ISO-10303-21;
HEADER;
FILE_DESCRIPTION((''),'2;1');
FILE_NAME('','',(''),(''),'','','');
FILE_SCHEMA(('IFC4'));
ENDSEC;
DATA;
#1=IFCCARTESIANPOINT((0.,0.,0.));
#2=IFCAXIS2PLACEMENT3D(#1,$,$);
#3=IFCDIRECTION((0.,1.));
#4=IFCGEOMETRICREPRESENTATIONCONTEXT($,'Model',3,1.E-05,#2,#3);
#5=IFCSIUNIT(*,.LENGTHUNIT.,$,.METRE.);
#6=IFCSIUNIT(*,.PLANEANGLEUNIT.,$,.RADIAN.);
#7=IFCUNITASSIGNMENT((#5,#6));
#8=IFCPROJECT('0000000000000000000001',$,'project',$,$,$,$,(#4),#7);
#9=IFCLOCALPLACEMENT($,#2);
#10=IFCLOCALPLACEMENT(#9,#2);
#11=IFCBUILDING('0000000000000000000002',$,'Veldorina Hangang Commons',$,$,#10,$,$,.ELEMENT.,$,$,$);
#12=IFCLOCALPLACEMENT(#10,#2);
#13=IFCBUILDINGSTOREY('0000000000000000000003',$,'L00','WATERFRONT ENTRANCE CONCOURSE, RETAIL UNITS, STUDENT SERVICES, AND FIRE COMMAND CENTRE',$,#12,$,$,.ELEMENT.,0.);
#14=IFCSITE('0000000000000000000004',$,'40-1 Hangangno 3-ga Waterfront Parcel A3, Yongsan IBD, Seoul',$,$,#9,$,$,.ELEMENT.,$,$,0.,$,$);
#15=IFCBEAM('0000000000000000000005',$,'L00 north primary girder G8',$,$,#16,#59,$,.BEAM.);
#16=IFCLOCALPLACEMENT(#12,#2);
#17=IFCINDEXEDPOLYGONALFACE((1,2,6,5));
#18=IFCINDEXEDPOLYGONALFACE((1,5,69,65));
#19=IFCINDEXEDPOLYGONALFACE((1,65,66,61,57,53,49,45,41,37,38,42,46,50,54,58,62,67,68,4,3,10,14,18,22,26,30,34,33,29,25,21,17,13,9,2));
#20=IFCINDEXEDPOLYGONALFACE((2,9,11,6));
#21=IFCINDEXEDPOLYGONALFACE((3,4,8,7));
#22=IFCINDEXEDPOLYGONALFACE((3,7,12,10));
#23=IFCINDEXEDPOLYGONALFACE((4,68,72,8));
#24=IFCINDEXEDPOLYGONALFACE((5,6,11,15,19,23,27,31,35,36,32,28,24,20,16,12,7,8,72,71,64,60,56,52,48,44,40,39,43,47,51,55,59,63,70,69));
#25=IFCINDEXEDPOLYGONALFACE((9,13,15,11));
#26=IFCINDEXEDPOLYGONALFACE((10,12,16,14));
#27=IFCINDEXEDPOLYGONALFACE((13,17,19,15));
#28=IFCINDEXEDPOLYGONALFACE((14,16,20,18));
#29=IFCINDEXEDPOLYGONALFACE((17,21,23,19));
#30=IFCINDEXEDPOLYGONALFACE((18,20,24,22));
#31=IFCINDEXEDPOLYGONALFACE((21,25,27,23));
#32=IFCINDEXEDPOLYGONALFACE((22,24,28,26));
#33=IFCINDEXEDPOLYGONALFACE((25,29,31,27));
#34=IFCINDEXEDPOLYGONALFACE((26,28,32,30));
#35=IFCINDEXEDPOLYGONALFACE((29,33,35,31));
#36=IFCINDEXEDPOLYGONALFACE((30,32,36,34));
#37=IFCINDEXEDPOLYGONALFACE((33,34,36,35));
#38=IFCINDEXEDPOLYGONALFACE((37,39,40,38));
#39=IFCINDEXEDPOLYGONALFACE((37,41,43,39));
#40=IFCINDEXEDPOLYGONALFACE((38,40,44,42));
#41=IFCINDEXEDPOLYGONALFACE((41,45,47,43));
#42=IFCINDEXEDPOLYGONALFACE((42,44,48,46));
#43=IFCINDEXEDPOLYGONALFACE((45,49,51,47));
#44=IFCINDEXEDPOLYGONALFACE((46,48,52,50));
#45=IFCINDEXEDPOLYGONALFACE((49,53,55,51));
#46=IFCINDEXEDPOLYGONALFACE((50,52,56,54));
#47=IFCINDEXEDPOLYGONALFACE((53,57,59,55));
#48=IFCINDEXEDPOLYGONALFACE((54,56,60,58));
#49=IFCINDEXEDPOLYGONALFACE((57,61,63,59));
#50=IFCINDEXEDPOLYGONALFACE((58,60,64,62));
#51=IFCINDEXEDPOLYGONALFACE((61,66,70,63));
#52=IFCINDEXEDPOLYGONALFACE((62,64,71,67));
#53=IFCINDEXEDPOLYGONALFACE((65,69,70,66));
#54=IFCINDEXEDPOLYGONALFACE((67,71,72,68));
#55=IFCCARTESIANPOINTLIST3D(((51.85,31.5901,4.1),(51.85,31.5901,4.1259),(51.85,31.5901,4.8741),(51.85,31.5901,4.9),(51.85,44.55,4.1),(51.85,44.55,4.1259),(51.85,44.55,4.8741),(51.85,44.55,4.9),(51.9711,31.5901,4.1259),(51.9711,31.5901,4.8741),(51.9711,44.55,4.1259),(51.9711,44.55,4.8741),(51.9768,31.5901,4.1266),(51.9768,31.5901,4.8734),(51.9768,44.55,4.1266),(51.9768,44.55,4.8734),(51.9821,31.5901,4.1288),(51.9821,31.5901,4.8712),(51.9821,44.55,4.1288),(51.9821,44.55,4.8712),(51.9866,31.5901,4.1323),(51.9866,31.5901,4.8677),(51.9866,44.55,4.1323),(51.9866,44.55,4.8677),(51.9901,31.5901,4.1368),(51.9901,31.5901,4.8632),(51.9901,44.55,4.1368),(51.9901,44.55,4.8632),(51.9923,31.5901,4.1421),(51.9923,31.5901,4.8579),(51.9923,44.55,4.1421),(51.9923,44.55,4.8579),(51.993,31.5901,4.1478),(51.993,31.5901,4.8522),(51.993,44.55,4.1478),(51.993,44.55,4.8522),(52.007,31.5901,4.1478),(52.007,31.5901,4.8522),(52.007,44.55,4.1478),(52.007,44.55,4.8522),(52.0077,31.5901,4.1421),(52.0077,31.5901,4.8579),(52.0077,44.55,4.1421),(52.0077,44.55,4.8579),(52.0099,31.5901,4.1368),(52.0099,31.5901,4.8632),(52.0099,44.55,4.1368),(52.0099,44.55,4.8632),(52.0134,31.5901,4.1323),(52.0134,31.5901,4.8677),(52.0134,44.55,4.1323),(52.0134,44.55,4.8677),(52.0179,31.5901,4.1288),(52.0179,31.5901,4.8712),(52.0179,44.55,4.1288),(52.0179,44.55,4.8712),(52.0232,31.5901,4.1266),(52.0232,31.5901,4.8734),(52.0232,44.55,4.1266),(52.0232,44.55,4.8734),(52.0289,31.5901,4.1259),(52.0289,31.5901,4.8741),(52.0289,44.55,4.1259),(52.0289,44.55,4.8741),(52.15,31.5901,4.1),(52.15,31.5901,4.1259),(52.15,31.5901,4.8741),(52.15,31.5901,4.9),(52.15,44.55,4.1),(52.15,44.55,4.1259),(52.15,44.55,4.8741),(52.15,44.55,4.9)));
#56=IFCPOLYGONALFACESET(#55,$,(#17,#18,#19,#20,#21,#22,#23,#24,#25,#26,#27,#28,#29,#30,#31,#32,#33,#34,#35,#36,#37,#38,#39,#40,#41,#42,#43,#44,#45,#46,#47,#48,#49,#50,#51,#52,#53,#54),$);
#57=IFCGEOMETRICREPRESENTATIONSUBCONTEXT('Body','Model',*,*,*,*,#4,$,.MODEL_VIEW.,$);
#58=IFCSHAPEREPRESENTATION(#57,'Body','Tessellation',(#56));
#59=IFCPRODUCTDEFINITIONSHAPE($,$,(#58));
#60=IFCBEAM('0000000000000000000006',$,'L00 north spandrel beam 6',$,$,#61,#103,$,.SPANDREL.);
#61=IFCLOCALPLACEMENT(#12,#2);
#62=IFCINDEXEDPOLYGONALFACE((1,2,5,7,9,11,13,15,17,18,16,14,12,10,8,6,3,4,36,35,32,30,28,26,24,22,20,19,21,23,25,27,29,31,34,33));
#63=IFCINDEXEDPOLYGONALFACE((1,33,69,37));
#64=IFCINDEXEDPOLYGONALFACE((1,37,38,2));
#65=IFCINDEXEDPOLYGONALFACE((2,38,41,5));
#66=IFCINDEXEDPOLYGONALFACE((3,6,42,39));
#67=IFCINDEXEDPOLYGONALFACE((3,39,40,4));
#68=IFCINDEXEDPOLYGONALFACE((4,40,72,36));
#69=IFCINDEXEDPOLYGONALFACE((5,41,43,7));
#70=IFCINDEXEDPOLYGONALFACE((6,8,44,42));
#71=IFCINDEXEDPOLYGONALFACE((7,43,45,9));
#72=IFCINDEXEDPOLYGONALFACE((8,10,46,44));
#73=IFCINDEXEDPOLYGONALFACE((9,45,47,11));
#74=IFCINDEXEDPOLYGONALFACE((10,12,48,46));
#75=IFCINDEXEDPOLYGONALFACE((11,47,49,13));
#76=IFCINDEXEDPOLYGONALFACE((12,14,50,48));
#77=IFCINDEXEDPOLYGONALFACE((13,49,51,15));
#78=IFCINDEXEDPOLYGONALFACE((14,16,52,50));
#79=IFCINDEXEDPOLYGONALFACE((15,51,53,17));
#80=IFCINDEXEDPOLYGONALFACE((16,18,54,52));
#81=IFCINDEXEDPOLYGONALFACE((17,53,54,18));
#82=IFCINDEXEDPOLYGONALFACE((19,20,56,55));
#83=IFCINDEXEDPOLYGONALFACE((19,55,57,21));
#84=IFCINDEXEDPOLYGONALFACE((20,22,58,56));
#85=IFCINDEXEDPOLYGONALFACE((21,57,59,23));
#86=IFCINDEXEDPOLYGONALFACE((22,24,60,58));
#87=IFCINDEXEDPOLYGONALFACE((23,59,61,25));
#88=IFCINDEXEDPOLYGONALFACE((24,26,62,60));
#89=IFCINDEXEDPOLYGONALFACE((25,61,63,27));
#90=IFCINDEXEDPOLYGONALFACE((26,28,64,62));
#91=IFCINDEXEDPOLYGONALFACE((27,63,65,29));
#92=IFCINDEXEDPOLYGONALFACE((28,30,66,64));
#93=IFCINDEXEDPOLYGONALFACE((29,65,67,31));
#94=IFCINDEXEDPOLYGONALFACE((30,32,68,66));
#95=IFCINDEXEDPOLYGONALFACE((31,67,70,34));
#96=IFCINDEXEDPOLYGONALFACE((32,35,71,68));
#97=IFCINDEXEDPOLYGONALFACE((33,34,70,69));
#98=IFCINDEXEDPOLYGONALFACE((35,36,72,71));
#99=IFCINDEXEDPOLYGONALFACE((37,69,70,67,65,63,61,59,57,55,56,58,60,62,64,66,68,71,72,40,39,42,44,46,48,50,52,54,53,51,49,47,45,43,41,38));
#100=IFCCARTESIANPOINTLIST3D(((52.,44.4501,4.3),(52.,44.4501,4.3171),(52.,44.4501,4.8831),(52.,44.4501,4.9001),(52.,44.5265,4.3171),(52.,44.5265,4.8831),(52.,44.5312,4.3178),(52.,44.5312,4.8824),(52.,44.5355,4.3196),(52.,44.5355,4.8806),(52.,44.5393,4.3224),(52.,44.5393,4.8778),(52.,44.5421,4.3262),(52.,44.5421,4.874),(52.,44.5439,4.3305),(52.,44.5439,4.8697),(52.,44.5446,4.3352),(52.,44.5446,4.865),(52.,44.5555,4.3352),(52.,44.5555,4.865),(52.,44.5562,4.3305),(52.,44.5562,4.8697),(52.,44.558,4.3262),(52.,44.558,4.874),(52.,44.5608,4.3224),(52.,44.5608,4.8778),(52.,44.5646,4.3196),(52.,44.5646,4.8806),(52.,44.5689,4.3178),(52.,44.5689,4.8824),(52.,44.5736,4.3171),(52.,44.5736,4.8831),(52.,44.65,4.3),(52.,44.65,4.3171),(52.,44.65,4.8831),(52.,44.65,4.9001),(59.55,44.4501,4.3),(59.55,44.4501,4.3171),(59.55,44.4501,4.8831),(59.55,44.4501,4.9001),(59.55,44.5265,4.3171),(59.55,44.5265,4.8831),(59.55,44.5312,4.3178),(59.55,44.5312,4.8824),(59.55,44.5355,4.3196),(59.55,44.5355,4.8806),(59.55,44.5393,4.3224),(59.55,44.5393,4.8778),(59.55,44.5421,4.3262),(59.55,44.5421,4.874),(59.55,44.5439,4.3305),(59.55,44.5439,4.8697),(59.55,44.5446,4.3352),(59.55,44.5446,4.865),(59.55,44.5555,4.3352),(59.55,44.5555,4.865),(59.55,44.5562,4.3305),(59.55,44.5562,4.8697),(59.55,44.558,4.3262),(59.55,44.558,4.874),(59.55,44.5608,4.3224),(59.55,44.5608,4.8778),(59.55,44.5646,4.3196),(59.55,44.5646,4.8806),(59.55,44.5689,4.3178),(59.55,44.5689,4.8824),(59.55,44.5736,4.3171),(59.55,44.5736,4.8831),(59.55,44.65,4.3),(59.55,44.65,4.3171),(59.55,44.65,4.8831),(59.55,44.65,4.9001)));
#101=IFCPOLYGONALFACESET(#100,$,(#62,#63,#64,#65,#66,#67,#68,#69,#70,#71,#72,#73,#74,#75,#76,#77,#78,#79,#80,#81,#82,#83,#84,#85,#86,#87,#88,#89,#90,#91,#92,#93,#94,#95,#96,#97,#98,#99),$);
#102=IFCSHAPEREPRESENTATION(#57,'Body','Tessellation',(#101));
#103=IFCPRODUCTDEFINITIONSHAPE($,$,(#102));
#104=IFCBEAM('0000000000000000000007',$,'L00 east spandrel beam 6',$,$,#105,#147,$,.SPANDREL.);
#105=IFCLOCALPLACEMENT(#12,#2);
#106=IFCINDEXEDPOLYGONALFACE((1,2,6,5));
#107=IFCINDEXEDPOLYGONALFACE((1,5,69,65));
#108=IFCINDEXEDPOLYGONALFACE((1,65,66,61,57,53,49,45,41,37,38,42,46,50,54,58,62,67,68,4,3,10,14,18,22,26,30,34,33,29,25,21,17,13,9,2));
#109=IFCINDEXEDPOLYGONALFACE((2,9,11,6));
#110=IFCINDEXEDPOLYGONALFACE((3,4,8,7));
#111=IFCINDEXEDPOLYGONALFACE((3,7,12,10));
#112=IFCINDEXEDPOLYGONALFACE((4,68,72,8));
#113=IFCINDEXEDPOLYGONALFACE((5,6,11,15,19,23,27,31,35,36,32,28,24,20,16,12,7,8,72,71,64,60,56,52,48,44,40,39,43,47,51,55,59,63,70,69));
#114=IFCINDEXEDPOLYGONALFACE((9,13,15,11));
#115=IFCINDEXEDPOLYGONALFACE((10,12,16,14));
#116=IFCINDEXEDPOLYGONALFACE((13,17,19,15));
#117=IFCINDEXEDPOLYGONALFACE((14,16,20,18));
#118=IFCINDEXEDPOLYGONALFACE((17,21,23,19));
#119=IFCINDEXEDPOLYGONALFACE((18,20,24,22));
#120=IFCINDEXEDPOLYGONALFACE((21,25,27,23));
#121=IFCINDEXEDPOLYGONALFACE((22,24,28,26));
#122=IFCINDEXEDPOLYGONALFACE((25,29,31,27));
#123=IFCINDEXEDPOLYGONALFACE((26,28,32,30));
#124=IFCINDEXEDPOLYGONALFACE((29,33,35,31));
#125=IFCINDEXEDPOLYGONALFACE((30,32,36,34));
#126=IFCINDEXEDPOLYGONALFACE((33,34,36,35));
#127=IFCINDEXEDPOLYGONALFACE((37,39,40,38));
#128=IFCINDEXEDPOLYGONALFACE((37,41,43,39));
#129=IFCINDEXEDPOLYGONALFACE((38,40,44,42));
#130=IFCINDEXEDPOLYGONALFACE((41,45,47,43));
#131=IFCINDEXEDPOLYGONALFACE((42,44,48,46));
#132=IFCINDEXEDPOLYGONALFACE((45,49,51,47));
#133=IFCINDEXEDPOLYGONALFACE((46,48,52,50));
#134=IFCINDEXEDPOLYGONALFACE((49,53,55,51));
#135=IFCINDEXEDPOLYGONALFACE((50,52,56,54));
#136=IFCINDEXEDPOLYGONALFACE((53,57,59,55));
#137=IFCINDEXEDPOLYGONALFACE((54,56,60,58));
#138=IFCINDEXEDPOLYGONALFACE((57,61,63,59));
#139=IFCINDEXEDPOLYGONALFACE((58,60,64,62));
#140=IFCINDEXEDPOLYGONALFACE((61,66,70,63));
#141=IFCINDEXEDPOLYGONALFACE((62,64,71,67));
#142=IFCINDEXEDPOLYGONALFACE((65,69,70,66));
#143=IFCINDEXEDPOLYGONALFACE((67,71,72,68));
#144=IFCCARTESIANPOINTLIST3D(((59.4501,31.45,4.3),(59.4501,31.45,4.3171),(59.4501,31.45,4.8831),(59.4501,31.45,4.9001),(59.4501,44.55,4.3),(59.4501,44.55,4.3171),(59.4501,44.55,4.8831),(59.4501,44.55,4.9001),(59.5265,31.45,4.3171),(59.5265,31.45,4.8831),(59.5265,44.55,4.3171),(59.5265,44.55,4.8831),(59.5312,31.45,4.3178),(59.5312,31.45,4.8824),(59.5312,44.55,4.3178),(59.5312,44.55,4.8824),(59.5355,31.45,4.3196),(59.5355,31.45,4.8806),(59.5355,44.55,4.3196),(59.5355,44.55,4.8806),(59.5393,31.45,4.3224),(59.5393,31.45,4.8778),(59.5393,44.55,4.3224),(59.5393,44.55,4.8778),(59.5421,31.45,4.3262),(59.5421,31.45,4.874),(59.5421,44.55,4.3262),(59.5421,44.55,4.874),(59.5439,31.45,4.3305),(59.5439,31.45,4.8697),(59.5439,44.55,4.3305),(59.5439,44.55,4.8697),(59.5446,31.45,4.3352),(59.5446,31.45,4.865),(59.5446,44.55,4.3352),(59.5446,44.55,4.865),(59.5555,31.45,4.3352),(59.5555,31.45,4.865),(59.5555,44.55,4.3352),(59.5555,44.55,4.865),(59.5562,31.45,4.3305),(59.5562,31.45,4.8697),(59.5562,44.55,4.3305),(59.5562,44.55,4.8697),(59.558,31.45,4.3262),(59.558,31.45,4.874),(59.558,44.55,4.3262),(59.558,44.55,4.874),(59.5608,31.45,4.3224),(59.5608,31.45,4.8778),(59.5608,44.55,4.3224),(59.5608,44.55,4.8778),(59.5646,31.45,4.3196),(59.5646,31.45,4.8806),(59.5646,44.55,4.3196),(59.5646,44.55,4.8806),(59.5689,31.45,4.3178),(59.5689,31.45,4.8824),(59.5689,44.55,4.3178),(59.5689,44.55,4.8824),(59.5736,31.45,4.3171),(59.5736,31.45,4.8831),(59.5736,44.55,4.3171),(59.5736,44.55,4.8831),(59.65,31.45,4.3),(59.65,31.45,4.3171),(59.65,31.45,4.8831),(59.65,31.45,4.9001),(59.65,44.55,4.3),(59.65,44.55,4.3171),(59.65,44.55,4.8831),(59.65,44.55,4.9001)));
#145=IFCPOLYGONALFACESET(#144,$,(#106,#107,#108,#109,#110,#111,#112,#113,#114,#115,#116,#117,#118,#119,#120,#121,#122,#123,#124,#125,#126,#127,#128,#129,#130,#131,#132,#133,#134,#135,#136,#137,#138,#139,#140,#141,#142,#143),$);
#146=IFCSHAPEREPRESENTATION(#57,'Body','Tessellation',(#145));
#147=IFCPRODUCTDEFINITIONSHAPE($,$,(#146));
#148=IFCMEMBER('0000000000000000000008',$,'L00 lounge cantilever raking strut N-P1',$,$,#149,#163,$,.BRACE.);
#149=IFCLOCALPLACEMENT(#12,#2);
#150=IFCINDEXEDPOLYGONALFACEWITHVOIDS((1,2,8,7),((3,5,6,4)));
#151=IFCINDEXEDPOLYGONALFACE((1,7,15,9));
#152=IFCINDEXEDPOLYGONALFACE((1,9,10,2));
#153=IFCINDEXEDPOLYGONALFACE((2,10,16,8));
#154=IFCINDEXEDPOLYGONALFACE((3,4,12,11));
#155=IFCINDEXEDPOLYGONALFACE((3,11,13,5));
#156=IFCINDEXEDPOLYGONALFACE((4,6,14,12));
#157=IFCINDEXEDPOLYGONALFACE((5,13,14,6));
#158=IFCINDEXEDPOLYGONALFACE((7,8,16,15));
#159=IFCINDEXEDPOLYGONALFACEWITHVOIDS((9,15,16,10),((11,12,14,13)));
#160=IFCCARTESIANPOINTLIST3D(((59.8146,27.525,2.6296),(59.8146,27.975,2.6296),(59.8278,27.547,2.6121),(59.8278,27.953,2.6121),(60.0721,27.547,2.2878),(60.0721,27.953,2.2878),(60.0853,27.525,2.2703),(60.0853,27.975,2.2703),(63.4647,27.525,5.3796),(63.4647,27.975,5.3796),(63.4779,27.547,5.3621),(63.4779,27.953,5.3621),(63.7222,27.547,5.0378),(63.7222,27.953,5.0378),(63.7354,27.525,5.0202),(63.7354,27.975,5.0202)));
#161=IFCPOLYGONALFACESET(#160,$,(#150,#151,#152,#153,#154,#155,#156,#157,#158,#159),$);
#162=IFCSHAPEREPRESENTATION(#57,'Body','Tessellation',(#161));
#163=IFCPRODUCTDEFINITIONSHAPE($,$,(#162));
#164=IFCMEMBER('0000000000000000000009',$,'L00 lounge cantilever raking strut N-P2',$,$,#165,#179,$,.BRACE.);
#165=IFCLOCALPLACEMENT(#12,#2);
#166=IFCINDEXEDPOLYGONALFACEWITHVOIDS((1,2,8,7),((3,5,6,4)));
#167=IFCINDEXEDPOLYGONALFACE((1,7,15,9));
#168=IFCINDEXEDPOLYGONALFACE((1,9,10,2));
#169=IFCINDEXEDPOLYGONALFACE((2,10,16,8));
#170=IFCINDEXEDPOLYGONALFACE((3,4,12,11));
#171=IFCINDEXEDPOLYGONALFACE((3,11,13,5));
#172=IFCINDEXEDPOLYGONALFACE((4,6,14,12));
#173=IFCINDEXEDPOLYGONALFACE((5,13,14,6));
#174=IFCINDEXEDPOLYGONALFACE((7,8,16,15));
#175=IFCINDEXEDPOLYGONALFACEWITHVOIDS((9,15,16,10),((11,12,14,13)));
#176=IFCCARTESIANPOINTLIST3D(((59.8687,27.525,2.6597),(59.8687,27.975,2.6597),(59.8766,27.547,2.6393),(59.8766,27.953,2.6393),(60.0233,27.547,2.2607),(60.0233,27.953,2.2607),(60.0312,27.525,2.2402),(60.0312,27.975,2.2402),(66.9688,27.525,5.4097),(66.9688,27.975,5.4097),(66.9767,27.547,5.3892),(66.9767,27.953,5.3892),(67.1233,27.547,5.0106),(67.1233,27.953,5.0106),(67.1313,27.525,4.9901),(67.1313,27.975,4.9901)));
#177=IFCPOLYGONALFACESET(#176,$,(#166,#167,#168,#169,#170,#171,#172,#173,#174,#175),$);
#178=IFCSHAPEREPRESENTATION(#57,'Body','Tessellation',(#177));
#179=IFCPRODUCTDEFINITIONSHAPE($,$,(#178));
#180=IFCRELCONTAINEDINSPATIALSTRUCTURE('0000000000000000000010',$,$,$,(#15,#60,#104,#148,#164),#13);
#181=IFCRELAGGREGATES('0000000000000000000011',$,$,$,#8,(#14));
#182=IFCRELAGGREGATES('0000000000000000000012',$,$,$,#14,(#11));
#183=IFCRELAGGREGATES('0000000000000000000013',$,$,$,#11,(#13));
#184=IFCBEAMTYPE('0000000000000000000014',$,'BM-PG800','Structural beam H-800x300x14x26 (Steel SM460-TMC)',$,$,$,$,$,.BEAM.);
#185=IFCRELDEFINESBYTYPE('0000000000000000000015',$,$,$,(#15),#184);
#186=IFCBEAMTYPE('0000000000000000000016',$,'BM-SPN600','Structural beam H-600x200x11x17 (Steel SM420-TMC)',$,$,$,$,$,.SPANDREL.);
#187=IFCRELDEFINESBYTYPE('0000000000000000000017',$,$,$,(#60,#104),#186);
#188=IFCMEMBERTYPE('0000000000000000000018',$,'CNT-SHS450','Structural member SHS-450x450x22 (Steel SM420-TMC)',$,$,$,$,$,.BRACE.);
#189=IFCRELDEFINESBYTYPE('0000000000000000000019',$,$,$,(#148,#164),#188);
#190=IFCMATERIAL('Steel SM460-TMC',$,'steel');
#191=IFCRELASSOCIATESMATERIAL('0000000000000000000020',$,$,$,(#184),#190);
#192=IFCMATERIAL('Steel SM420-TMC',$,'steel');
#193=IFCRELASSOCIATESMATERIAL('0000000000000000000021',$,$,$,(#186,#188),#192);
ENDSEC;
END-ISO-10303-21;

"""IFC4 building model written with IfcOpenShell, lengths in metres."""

from ifc_helpers import new_model, si_unit, direction, frame, origin, origin_2d, place, context, subcontext, project, spatial, hollow_rectangle, i_section, extrude, material, material_profile, profile_set, type_object, element, save


model = new_model("IFC4")

# Units and contexts
model_context = context("Model", 3, precision=1e-05, world=origin(), true_north=direction((0.0, 1.0)))
body_context = subcontext(model_context, "Body", "Model", "MODEL_VIEW")
ifc_project = project(units=[si_unit("LENGTHUNIT", "METRE"), si_unit("PLANEANGLEUNIT", "RADIAN")], contexts=[model_context])

# Site, building, storey
site_placement = place(None, origin())
site = spatial("IfcSite", under=ifc_project, at=site_placement, Name="40-1 Hangangno 3-ga Waterfront Parcel A3, Yongsan IBD, Seoul", CompositionType="ELEMENT", RefElevation=0.0)
building_placement = place(site_placement, origin())
building = spatial("IfcBuilding", under=site, at=building_placement, Name="Veldorina Hangang Commons", CompositionType="ELEMENT")
storey_placement = place(building_placement, origin())
storey = spatial("IfcBuildingStorey", under=building, at=storey_placement, Name="L00", Description="WATERFRONT ENTRANCE CONCOURSE, RETAIL UNITS, STUDENT SERVICES, AND FIRE COMMAND CENTRE", CompositionType="ELEMENT", Elevation=0.0)

# Shared definitions
ifc_material_1 = material(Name="Steel SM460-TMC", Category="steel")

# Beams
ifc_material_2 = material(Name="Steel SM420-TMC", Category="steel")
ifc_material_profile_1 = material_profile(ifc_material_1, i_section(OverallWidth=0.3, OverallDepth=0.8, WebThickness=0.0139, FlangeThickness=0.0259, FilletRadius=0.022, at=origin_2d()), Name="H-800x300x14x26")
ifc_profile_set_1 = profile_set([ifc_material_profile_1], Name="Steel SM460-TMC")
beam_type_1 = type_object("IfcBeamType", Name="BM-PG800", Description="Structural beam H-800x300x14x26 (Steel SM460-TMC)", PredefinedType="BEAM", material=ifc_profile_set_1)
beam_1_placement = place(storey_placement, frame((52.0, 31.5901, 4.5), z_axis=(0.0, 1.0, 0.0), x_axis=(-1.0, 0.0, 0.0)))
element("IfcBeam", 1, at=beam_1_placement, inside=storey, type_object=beam_type_1, Name="L00 north primary girder G8", PredefinedType="BEAM", context=body_context, shape_type="SweptSolid", body=[
    extrude(i_section(OverallWidth=0.3, OverallDepth=0.8, WebThickness=0.0139, FlangeThickness=0.0259, FilletRadius=0.022, at=origin_2d()), origin(), (0.0, 0.0, 1.0), 12.96),
])
ifc_material_profile_2 = material_profile(ifc_material_2, i_section(OverallWidth=0.2, OverallDepth=0.6001, WebThickness=0.011, FlangeThickness=0.0171, FilletRadius=0.0181, at=origin_2d()), Name="H-600x200x11x17")
ifc_profile_set_2 = profile_set([ifc_material_profile_2], Name="Steel SM420-TMC")
beam_type_2 = type_object("IfcBeamType", Name="BM-SPN600", Description="Structural beam H-600x200x11x17 (Steel SM420-TMC)", PredefinedType="SPANDREL", material=ifc_profile_set_2)
beam_2_placement = place(storey_placement, frame((52.0, 44.55, 4.6001), z_axis=(1.0, 0.0, 0.0), x_axis=(0.0, 1.0, 0.0)))
element("IfcBeam", 2, at=beam_2_placement, inside=storey, type_object=beam_type_2, Name="L00 north spandrel beam 6", PredefinedType="SPANDREL", context=body_context, shape_type="SweptSolid", body=[
    extrude(i_section(OverallWidth=0.2, OverallDepth=0.6001, WebThickness=0.011, FlangeThickness=0.0171, FilletRadius=0.0181, at=origin_2d()), origin(), (0.0, 0.0, 1.0), 7.55),
])
beam_3_placement = place(storey_placement, frame((59.55, 31.45, 4.6001), z_axis=(0.0, 1.0, 0.0), x_axis=(-1.0, 0.0, 0.0)))
element("IfcBeam", 3, at=beam_3_placement, inside=storey, type_object=beam_type_2, Name="L00 east spandrel beam 6", PredefinedType="SPANDREL", context=body_context, shape_type="SweptSolid", body=[
    extrude(i_section(OverallWidth=0.2, OverallDepth=0.6001, WebThickness=0.011, FlangeThickness=0.0171, FilletRadius=0.0181, at=origin_2d()), origin(), (0.0, 0.0, 1.0), 13.1001),
])

# Members
ifc_material_profile_3 = material_profile(ifc_material_2, hollow_rectangle(XDim=0.45, YDim=0.45, WallThickness=0.022, at=origin_2d()), Name="SHS-450x450x22")
ifc_profile_set_3 = profile_set([ifc_material_profile_3], Name="Steel SM420-TMC")
member_type = type_object("IfcMemberType", Name="CNT-SHS450", Description="Structural member SHS-450x450x22 (Steel SM420-TMC)", PredefinedType="BRACE", material=ifc_profile_set_3)
member_1_placement = place(storey_placement, frame((59.95, 27.75, 2.45), z_axis=(0.798697, 0.0, 0.601734), x_axis=(0.0, 1.0, 0.0)))
element("IfcMember", 4, at=member_1_placement, inside=storey, type_object=member_type, Name="L00 lounge cantilever raking strut N-P1", PredefinedType="BRACE", context=body_context, shape_type="SweptSolid", body=[
    extrude(hollow_rectangle(XDim=0.45, YDim=0.45, WallThickness=0.022, at=origin_2d()), origin(), (0.0, 0.0, 1.0), 4.5701),
])
member_2_placement = place(storey_placement, frame((59.95, 27.75, 2.45), z_axis=(0.932498, 0.0, 0.361174), x_axis=(0.0, 1.0, 0.0)))
element("IfcMember", 5, at=member_2_placement, inside=storey, type_object=member_type, Name="L00 lounge cantilever raking strut N-P2", PredefinedType="BRACE", context=body_context, shape_type="SweptSolid", body=[
    extrude(hollow_rectangle(XDim=0.45, YDim=0.45, WallThickness=0.022, at=origin_2d()), origin(), (0.0, 0.0, 1.0), 7.614),
])

save(model, "model.ifc")
